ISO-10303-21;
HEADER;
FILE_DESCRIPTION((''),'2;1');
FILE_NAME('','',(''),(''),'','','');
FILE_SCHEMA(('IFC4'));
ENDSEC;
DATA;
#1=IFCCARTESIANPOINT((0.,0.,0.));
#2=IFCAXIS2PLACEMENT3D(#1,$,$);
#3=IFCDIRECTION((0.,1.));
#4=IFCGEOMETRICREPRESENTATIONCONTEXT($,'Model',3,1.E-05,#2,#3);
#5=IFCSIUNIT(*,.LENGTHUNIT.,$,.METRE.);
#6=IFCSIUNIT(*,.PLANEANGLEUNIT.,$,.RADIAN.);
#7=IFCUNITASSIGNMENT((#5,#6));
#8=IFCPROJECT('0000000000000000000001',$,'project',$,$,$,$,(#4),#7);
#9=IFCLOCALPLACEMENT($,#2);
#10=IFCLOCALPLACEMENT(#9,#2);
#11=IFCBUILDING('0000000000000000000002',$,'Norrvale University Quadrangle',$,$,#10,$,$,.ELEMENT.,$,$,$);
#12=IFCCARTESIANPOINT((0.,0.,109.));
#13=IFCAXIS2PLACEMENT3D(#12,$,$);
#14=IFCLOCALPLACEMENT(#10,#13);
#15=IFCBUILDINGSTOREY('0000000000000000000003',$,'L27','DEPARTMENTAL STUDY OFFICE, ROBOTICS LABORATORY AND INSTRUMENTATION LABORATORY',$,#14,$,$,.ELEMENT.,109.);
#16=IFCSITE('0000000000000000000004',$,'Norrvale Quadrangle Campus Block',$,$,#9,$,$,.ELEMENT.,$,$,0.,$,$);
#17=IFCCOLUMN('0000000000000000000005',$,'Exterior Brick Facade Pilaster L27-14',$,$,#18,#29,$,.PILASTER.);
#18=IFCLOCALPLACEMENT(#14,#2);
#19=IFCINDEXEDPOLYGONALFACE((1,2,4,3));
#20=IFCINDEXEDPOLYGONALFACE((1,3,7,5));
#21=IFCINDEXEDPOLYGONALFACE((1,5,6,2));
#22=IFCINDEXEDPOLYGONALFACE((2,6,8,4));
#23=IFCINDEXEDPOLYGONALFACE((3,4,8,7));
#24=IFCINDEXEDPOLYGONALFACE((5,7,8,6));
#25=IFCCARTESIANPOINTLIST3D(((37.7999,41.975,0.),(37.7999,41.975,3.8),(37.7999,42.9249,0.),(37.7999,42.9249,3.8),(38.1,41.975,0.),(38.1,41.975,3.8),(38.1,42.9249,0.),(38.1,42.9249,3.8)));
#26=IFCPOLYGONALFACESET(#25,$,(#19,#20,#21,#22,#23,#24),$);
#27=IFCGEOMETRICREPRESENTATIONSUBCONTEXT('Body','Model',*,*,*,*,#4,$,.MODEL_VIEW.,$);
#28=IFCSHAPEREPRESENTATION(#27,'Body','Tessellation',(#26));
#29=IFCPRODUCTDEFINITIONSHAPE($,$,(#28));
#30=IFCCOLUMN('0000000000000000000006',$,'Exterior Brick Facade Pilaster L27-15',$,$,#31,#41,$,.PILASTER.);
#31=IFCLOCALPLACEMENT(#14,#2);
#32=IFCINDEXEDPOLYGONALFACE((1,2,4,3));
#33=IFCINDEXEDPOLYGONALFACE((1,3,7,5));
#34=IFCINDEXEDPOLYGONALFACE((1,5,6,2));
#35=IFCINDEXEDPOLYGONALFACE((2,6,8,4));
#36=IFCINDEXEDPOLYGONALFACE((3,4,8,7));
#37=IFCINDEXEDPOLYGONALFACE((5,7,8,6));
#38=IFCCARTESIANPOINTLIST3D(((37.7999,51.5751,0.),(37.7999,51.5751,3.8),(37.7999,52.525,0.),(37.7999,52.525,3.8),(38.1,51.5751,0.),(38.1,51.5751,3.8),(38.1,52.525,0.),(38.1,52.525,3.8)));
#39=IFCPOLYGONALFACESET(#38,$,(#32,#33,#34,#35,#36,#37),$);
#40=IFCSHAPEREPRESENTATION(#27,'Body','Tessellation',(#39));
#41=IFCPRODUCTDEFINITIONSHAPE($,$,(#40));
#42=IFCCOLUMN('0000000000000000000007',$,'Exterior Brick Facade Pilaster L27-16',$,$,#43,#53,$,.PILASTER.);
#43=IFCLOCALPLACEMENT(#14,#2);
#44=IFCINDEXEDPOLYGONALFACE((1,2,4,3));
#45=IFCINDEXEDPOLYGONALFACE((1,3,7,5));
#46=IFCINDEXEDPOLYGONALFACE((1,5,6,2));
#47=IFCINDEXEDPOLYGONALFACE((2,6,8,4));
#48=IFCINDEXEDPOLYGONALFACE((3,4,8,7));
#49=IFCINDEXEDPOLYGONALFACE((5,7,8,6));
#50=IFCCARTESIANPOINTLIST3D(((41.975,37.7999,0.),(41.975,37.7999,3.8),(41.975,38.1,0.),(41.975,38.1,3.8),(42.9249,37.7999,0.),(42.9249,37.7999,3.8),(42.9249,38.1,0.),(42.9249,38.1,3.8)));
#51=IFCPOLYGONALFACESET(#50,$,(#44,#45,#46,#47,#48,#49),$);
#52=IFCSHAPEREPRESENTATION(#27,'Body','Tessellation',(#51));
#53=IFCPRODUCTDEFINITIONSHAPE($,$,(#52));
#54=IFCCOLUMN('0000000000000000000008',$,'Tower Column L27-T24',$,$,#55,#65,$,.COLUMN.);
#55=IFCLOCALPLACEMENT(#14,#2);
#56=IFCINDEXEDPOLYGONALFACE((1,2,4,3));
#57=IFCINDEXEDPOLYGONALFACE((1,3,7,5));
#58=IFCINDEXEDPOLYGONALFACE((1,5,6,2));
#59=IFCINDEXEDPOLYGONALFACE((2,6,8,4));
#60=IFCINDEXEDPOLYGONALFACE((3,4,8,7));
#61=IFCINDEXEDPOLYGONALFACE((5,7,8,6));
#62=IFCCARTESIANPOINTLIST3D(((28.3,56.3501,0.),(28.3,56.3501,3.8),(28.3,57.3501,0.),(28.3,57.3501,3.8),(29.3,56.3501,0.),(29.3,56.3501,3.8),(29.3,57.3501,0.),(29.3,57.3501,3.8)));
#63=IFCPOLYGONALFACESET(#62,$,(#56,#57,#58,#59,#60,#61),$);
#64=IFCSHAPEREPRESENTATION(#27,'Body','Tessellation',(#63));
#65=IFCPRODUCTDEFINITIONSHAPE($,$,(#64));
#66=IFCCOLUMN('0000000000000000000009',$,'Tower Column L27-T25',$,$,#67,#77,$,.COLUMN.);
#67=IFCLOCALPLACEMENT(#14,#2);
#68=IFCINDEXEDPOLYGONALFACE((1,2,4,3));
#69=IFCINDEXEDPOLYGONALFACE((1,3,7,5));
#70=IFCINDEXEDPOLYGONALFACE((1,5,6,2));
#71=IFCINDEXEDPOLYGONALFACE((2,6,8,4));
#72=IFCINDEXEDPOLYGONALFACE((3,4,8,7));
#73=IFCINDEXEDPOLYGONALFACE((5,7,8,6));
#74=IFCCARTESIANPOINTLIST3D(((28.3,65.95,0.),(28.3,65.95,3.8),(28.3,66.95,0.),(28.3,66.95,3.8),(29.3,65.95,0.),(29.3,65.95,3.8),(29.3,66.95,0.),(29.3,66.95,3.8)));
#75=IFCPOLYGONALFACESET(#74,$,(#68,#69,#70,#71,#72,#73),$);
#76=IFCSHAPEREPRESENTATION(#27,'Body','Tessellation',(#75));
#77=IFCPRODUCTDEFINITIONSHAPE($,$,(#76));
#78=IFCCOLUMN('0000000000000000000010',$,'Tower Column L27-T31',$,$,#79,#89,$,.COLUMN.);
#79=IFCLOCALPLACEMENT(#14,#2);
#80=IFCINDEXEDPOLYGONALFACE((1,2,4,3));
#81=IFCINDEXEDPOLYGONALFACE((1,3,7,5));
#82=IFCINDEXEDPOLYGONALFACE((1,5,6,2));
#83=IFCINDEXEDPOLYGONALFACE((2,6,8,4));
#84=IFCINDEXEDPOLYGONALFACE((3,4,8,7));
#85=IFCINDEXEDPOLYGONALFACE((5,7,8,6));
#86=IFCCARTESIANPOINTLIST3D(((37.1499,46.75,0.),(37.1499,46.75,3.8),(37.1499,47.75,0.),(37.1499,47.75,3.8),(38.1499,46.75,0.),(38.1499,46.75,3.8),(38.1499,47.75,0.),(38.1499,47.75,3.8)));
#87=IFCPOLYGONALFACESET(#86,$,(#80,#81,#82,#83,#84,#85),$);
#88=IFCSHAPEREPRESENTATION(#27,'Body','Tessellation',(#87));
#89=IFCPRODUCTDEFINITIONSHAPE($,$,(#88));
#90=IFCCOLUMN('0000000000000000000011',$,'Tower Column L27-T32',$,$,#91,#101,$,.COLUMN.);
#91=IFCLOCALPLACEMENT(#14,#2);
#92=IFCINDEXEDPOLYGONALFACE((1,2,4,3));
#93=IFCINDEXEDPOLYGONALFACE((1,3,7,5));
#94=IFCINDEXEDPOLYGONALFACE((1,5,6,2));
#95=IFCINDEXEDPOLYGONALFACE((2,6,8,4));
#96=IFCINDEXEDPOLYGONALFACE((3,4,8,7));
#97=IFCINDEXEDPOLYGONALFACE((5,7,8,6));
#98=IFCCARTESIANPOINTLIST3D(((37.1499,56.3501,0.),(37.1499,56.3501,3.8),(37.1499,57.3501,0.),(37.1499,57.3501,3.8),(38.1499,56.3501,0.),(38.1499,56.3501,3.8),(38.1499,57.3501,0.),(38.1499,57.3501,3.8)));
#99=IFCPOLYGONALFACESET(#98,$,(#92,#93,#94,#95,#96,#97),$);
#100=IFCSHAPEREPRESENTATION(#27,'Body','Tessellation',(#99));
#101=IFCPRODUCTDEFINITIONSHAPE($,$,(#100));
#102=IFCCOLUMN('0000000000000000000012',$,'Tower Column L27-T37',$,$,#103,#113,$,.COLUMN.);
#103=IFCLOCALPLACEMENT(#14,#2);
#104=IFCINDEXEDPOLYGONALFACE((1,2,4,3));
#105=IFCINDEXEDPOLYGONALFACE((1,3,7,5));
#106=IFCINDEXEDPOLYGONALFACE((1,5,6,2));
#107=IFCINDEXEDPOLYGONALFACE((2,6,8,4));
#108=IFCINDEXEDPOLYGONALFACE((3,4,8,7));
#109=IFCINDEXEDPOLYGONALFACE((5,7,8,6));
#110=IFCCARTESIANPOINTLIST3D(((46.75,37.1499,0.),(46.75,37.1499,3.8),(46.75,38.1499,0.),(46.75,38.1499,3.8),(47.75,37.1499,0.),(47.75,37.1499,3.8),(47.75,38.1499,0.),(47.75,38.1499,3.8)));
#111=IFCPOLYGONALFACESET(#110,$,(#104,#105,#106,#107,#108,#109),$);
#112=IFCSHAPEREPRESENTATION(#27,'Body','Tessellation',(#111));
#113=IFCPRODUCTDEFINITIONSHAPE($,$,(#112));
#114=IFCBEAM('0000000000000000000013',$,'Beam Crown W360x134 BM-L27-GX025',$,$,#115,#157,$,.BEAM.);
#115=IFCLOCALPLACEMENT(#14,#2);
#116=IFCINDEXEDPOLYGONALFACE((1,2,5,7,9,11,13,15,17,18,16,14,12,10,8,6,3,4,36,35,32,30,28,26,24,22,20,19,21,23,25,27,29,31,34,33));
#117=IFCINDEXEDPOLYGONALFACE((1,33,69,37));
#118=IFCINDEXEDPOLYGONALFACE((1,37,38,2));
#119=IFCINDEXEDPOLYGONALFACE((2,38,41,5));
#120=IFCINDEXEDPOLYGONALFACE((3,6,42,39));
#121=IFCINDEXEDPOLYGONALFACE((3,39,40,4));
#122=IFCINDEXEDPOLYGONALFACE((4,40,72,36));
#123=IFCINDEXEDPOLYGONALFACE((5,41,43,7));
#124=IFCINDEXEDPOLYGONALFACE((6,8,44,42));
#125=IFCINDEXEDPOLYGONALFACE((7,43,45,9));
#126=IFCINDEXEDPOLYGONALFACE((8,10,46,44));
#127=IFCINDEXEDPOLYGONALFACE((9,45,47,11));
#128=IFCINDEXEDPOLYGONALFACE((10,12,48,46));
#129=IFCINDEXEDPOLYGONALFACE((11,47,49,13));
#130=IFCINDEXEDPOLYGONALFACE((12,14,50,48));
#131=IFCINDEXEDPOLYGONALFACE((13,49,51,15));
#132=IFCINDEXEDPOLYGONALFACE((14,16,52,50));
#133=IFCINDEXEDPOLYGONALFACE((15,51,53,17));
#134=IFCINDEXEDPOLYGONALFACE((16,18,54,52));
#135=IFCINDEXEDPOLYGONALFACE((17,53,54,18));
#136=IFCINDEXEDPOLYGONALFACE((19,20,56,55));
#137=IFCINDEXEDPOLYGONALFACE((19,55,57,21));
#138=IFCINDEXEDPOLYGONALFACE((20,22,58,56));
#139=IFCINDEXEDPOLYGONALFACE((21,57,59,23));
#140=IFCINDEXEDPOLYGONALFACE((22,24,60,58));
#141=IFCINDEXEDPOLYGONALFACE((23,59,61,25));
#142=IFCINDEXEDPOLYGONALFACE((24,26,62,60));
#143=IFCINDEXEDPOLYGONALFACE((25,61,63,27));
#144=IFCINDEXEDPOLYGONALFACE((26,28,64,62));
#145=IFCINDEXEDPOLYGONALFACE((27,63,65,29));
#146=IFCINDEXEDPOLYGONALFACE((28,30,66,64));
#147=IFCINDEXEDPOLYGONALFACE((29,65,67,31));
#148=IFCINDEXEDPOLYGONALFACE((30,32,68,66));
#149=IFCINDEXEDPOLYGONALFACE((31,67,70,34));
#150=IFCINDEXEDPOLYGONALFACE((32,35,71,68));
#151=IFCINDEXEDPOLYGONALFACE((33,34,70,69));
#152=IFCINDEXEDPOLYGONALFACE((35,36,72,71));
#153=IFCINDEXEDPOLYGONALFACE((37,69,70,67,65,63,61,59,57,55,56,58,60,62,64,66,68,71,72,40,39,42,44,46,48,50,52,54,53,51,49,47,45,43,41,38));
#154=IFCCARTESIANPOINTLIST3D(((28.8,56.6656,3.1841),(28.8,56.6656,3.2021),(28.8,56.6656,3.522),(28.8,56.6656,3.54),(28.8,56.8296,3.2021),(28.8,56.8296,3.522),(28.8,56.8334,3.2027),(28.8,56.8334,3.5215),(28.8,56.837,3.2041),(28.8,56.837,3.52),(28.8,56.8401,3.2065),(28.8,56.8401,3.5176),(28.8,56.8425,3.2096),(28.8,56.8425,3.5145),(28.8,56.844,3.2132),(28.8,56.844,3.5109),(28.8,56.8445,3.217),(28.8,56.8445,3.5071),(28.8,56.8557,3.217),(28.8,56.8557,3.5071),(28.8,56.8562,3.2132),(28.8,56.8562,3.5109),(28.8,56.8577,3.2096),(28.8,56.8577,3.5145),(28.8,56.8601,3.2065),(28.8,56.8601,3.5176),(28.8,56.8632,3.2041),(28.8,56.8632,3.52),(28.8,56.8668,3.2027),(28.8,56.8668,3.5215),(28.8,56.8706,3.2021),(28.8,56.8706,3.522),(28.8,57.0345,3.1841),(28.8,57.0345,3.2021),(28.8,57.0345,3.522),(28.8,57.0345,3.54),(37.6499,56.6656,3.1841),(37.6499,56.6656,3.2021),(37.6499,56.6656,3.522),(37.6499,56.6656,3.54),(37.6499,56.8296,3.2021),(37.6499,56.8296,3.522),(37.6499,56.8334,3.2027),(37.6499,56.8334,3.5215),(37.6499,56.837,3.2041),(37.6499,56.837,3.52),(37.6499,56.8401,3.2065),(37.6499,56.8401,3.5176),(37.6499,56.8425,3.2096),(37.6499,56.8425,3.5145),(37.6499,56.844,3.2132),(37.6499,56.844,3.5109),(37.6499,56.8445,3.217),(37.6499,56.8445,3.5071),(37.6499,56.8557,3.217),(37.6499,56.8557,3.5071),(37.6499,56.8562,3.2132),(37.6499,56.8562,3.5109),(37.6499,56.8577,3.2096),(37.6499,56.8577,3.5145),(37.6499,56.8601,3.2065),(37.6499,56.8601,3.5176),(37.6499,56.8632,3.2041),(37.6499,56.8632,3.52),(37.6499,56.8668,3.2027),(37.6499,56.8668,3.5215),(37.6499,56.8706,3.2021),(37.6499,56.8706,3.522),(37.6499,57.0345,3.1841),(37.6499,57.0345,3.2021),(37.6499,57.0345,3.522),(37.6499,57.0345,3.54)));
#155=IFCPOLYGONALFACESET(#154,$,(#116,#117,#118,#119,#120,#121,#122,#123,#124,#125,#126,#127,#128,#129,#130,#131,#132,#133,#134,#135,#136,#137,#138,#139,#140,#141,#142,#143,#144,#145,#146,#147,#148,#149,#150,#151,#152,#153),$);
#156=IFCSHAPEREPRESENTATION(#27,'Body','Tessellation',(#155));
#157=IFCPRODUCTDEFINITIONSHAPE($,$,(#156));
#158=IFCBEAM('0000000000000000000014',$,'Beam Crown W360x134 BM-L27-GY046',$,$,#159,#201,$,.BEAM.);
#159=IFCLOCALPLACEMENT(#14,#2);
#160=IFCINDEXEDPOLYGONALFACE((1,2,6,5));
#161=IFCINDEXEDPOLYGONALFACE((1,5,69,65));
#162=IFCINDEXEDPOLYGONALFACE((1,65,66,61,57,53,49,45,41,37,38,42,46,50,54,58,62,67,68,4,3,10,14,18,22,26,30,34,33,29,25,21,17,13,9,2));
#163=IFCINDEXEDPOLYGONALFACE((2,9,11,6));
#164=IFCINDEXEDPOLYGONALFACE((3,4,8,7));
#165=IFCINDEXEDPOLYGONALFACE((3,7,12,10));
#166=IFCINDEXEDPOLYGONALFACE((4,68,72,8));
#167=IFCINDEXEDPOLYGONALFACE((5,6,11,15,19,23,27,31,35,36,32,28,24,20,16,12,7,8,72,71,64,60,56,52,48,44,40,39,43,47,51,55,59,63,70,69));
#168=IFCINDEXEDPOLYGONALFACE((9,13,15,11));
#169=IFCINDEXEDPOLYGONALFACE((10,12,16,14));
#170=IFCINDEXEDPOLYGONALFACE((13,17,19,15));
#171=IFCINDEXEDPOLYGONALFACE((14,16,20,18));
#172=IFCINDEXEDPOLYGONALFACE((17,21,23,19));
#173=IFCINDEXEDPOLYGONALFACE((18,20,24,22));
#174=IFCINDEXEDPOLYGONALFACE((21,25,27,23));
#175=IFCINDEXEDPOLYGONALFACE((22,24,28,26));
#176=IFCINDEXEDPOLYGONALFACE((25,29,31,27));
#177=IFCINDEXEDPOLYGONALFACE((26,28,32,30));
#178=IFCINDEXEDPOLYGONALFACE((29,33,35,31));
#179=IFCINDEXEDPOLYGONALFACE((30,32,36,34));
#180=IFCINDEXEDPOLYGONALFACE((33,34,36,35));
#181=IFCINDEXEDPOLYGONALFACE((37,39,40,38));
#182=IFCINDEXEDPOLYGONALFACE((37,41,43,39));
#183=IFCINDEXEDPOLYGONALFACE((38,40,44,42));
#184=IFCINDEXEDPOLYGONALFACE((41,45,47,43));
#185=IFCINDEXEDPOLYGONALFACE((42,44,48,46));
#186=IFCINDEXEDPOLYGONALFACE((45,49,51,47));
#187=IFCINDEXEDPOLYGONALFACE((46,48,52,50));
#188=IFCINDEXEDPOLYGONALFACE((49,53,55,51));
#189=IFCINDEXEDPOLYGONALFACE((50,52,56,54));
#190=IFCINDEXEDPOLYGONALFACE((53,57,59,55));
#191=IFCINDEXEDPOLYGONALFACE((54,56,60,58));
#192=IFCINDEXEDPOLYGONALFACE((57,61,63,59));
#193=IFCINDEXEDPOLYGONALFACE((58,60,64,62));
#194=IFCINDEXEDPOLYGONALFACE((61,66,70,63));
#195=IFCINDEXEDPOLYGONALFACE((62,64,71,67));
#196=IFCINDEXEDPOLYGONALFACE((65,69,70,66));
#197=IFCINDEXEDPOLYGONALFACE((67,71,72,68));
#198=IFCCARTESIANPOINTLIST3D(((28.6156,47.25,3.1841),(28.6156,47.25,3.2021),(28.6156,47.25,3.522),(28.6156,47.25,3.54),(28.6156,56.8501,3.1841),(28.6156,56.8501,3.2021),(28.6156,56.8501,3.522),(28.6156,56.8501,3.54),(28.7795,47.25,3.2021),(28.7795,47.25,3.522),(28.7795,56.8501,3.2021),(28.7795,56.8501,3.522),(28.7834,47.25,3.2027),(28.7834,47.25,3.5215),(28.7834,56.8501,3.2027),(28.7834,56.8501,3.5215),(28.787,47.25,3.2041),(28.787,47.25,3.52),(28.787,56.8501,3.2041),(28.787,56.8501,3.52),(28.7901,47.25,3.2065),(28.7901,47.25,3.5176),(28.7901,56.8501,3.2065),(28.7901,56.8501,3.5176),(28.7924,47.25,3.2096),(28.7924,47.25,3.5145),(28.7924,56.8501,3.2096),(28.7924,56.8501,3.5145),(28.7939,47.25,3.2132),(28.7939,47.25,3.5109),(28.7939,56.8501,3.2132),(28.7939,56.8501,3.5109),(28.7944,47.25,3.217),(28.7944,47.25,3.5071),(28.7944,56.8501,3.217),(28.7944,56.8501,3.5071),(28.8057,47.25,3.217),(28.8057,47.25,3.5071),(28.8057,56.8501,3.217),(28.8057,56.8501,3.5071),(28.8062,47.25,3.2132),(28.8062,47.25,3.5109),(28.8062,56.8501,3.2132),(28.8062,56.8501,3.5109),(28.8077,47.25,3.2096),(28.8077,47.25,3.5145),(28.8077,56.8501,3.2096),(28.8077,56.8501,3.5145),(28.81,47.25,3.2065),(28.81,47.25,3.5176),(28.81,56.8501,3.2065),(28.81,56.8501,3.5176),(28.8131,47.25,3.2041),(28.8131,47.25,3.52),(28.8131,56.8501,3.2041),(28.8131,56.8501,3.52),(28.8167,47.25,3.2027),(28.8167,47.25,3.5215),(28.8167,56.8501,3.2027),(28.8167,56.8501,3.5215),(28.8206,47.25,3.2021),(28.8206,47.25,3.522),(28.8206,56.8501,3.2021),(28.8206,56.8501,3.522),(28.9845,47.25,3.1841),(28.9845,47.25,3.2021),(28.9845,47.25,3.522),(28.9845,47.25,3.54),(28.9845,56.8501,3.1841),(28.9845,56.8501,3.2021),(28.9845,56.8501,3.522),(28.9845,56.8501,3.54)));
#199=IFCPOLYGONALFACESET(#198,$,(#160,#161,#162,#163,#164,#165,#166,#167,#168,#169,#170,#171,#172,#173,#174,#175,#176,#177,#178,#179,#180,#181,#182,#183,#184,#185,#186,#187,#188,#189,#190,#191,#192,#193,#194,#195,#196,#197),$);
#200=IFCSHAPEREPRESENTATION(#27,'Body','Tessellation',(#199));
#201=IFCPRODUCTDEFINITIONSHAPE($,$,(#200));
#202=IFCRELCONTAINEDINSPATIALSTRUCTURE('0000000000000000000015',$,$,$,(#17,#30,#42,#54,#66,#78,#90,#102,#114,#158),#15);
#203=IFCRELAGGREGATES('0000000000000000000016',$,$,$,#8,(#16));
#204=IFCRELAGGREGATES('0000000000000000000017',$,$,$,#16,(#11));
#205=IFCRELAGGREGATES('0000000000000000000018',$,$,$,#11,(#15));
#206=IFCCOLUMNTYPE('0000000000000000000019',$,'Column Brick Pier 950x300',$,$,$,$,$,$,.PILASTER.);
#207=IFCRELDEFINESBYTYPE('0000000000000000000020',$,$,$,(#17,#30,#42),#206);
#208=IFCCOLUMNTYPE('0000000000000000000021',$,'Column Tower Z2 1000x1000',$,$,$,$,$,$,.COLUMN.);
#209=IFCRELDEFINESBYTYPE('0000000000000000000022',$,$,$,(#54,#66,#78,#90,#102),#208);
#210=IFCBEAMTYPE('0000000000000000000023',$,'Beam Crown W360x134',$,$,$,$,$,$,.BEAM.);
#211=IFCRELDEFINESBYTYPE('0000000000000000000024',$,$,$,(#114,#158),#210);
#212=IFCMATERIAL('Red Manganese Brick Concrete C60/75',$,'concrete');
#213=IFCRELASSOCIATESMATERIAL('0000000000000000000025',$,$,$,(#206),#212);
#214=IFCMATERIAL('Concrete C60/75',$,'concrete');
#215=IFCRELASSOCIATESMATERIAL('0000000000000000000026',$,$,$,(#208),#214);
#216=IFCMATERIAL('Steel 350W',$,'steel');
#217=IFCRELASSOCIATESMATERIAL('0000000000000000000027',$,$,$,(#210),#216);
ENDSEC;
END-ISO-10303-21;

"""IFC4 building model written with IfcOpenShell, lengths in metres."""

from ifc_helpers import new_model, si_unit, direction, frame, origin, origin_2d, place, context, subcontext, project, spatial, rectangle, i_section, extrude, material, material_profile, profile_set, type_object, element, save


model = new_model("IFC4")

# Units and contexts
model_context = context("Model", 3, precision=1e-05, world=origin(), true_north=direction((0.0, 1.0)))
body_context = subcontext(model_context, "Body", "Model", "MODEL_VIEW")
ifc_project = project(units=[si_unit("LENGTHUNIT", "METRE"), si_unit("PLANEANGLEUNIT", "RADIAN")], contexts=[model_context])

# Site, building, storey
site_placement = place(None, origin())
site = spatial("IfcSite", under=ifc_project, at=site_placement, Name="Norrvale Quadrangle Campus Block", CompositionType="ELEMENT", RefElevation=0.0)
building_placement = place(site_placement, origin())
building = spatial("IfcBuilding", under=site, at=building_placement, Name="Norrvale University Quadrangle", CompositionType="ELEMENT")
storey_placement = place(building_placement, frame((0.0, 0.0, 109.0)))
storey = spatial("IfcBuildingStorey", under=building, at=storey_placement, Name="L27", Description="DEPARTMENTAL STUDY OFFICE, ROBOTICS LABORATORY AND INSTRUMENTATION LABORATORY", CompositionType="ELEMENT", Elevation=109.0)

# Columns
ifc_material_1 = material(Name="Red Manganese Brick Concrete C60/75", Category="concrete")
ifc_material_profile_1 = material_profile(ifc_material_1, rectangle(XDim=0.95, YDim=0.3, at=origin_2d()), Name="Red Manganese Brick Concrete C60/75")
ifc_profile_set_1 = profile_set([ifc_material_profile_1], Name="Red Manganese Brick Concrete C60/75")
column_type_1 = type_object("IfcColumnType", Name="Column Brick Pier 950x300", PredefinedType="PILASTER", material=ifc_profile_set_1)
for number, where, z_axis, x_axis, name in (
    (1, (37.95, 42.45, 0.0), (0.0, 0.0, 1.0), (0.0, 1.0, 0.0), "Exterior Brick Facade Pilaster L27-14"),
    (2, (37.95, 52.05, 0.0), (0.0, 0.0, 1.0), (0.0, 1.0, 0.0), "Exterior Brick Facade Pilaster L27-15"),
    (3, (42.45, 37.95, 0.0), (0.0, 0.0, 1.0), (1.0, 0.0, 0.0), "Exterior Brick Facade Pilaster L27-16"),
):
    element("IfcColumn", number, at=place(storey_placement, frame(where, z_axis=z_axis, x_axis=x_axis)), inside=storey, type_object=column_type_1, Name=name, PredefinedType="PILASTER", context=body_context, shape_type="SweptSolid", body=[
        extrude(rectangle(XDim=0.95, YDim=0.3, at=origin_2d()), origin(), (0.0, 0.0, 1.0), 3.8),
    ])
ifc_material_2 = material(Name="Concrete C60/75", Category="concrete")
ifc_material_profile_2 = material_profile(ifc_material_2, rectangle(XDim=1.0, YDim=1.0, at=origin_2d()), Name="Concrete C60/75")
ifc_profile_set_2 = profile_set([ifc_material_profile_2], Name="Concrete C60/75")
column_type_2 = type_object("IfcColumnType", Name="Column Tower Z2 1000x1000", PredefinedType="COLUMN", material=ifc_profile_set_2)
for number, where, z_axis, x_axis, name in (
    (4, (28.8, 56.8501, 0.0), (0.0, 0.0, 1.0), (1.0, 0.0, 0.0), "Tower Column L27-T24"),
    (5, (28.8, 66.45, 0.0), (0.0, 0.0, 1.0), (1.0, 0.0, 0.0), "Tower Column L27-T25"),
    (6, (37.6499, 47.25, 0.0), (0.0, 0.0, 1.0), (1.0, 0.0, 0.0), "Tower Column L27-T31"),
    (7, (37.6499, 56.8501, 0.0), (0.0, 0.0, 1.0), (1.0, 0.0, 0.0), "Tower Column L27-T32"),
    (8, (47.25, 37.6499, 0.0), (0.0, 0.0, 1.0), (1.0, 0.0, 0.0), "Tower Column L27-T37"),
):
    element("IfcColumn", number, at=place(storey_placement, frame(where, z_axis=z_axis, x_axis=x_axis)), inside=storey, type_object=column_type_2, Name=name, PredefinedType="COLUMN", context=body_context, shape_type="SweptSolid", body=[
        extrude(rectangle(XDim=1.0, YDim=1.0, at=origin_2d()), origin(), (0.0, 0.0, 1.0), 3.8),
    ])

# Beams
ifc_material_3 = material(Name="Steel 350W", Category="steel")
ifc_material_profile_3 = material_profile(ifc_material_3, i_section(OverallWidth=0.3689, OverallDepth=0.356, WebThickness=0.0112, FlangeThickness=0.0181, FilletRadius=0.0149, at=origin_2d()), Name="Steel 350W")
ifc_profile_set_3 = profile_set([ifc_material_profile_3], Name="Steel 350W")
beam_type_1 = type_object("IfcBeamType", Name="Beam Crown W360x134", PredefinedType="BEAM", material=ifc_profile_set_3)
beam_1_placement = place(storey_placement, frame((28.8, 56.8501, 3.3621), z_axis=(1.0, 0.0, 0.0), x_axis=(0.0, 1.0, 0.0)))
element("IfcBeam", 9, at=beam_1_placement, inside=storey, type_object=beam_type_1, Name="Beam Crown W360x134 BM-L27-GX025", PredefinedType="BEAM", context=body_context, shape_type="SweptSolid", body=[
    extrude(i_section(OverallWidth=0.3689, OverallDepth=0.356, WebThickness=0.0112, FlangeThickness=0.0181, FilletRadius=0.0149, at=origin_2d()), origin(), (0.0, 0.0, 1.0), 8.8499),
])
beam_2_placement = place(storey_placement, frame((28.8, 47.25, 3.3621), z_axis=(0.0, 1.0, 0.0), x_axis=(-1.0, 0.0, 0.0)))
element("IfcBeam", 10, at=beam_2_placement, inside=storey, type_object=beam_type_1, Name="Beam Crown W360x134 BM-L27-GY046", PredefinedType="BEAM", context=body_context, shape_type="SweptSolid", body=[
    extrude(i_section(OverallWidth=0.3689, OverallDepth=0.356, WebThickness=0.0112, FlangeThickness=0.0181, FilletRadius=0.0149, at=origin_2d()), origin(), (0.0, 0.0, 1.0), 9.6001),
])

save(model, "model.ifc")
